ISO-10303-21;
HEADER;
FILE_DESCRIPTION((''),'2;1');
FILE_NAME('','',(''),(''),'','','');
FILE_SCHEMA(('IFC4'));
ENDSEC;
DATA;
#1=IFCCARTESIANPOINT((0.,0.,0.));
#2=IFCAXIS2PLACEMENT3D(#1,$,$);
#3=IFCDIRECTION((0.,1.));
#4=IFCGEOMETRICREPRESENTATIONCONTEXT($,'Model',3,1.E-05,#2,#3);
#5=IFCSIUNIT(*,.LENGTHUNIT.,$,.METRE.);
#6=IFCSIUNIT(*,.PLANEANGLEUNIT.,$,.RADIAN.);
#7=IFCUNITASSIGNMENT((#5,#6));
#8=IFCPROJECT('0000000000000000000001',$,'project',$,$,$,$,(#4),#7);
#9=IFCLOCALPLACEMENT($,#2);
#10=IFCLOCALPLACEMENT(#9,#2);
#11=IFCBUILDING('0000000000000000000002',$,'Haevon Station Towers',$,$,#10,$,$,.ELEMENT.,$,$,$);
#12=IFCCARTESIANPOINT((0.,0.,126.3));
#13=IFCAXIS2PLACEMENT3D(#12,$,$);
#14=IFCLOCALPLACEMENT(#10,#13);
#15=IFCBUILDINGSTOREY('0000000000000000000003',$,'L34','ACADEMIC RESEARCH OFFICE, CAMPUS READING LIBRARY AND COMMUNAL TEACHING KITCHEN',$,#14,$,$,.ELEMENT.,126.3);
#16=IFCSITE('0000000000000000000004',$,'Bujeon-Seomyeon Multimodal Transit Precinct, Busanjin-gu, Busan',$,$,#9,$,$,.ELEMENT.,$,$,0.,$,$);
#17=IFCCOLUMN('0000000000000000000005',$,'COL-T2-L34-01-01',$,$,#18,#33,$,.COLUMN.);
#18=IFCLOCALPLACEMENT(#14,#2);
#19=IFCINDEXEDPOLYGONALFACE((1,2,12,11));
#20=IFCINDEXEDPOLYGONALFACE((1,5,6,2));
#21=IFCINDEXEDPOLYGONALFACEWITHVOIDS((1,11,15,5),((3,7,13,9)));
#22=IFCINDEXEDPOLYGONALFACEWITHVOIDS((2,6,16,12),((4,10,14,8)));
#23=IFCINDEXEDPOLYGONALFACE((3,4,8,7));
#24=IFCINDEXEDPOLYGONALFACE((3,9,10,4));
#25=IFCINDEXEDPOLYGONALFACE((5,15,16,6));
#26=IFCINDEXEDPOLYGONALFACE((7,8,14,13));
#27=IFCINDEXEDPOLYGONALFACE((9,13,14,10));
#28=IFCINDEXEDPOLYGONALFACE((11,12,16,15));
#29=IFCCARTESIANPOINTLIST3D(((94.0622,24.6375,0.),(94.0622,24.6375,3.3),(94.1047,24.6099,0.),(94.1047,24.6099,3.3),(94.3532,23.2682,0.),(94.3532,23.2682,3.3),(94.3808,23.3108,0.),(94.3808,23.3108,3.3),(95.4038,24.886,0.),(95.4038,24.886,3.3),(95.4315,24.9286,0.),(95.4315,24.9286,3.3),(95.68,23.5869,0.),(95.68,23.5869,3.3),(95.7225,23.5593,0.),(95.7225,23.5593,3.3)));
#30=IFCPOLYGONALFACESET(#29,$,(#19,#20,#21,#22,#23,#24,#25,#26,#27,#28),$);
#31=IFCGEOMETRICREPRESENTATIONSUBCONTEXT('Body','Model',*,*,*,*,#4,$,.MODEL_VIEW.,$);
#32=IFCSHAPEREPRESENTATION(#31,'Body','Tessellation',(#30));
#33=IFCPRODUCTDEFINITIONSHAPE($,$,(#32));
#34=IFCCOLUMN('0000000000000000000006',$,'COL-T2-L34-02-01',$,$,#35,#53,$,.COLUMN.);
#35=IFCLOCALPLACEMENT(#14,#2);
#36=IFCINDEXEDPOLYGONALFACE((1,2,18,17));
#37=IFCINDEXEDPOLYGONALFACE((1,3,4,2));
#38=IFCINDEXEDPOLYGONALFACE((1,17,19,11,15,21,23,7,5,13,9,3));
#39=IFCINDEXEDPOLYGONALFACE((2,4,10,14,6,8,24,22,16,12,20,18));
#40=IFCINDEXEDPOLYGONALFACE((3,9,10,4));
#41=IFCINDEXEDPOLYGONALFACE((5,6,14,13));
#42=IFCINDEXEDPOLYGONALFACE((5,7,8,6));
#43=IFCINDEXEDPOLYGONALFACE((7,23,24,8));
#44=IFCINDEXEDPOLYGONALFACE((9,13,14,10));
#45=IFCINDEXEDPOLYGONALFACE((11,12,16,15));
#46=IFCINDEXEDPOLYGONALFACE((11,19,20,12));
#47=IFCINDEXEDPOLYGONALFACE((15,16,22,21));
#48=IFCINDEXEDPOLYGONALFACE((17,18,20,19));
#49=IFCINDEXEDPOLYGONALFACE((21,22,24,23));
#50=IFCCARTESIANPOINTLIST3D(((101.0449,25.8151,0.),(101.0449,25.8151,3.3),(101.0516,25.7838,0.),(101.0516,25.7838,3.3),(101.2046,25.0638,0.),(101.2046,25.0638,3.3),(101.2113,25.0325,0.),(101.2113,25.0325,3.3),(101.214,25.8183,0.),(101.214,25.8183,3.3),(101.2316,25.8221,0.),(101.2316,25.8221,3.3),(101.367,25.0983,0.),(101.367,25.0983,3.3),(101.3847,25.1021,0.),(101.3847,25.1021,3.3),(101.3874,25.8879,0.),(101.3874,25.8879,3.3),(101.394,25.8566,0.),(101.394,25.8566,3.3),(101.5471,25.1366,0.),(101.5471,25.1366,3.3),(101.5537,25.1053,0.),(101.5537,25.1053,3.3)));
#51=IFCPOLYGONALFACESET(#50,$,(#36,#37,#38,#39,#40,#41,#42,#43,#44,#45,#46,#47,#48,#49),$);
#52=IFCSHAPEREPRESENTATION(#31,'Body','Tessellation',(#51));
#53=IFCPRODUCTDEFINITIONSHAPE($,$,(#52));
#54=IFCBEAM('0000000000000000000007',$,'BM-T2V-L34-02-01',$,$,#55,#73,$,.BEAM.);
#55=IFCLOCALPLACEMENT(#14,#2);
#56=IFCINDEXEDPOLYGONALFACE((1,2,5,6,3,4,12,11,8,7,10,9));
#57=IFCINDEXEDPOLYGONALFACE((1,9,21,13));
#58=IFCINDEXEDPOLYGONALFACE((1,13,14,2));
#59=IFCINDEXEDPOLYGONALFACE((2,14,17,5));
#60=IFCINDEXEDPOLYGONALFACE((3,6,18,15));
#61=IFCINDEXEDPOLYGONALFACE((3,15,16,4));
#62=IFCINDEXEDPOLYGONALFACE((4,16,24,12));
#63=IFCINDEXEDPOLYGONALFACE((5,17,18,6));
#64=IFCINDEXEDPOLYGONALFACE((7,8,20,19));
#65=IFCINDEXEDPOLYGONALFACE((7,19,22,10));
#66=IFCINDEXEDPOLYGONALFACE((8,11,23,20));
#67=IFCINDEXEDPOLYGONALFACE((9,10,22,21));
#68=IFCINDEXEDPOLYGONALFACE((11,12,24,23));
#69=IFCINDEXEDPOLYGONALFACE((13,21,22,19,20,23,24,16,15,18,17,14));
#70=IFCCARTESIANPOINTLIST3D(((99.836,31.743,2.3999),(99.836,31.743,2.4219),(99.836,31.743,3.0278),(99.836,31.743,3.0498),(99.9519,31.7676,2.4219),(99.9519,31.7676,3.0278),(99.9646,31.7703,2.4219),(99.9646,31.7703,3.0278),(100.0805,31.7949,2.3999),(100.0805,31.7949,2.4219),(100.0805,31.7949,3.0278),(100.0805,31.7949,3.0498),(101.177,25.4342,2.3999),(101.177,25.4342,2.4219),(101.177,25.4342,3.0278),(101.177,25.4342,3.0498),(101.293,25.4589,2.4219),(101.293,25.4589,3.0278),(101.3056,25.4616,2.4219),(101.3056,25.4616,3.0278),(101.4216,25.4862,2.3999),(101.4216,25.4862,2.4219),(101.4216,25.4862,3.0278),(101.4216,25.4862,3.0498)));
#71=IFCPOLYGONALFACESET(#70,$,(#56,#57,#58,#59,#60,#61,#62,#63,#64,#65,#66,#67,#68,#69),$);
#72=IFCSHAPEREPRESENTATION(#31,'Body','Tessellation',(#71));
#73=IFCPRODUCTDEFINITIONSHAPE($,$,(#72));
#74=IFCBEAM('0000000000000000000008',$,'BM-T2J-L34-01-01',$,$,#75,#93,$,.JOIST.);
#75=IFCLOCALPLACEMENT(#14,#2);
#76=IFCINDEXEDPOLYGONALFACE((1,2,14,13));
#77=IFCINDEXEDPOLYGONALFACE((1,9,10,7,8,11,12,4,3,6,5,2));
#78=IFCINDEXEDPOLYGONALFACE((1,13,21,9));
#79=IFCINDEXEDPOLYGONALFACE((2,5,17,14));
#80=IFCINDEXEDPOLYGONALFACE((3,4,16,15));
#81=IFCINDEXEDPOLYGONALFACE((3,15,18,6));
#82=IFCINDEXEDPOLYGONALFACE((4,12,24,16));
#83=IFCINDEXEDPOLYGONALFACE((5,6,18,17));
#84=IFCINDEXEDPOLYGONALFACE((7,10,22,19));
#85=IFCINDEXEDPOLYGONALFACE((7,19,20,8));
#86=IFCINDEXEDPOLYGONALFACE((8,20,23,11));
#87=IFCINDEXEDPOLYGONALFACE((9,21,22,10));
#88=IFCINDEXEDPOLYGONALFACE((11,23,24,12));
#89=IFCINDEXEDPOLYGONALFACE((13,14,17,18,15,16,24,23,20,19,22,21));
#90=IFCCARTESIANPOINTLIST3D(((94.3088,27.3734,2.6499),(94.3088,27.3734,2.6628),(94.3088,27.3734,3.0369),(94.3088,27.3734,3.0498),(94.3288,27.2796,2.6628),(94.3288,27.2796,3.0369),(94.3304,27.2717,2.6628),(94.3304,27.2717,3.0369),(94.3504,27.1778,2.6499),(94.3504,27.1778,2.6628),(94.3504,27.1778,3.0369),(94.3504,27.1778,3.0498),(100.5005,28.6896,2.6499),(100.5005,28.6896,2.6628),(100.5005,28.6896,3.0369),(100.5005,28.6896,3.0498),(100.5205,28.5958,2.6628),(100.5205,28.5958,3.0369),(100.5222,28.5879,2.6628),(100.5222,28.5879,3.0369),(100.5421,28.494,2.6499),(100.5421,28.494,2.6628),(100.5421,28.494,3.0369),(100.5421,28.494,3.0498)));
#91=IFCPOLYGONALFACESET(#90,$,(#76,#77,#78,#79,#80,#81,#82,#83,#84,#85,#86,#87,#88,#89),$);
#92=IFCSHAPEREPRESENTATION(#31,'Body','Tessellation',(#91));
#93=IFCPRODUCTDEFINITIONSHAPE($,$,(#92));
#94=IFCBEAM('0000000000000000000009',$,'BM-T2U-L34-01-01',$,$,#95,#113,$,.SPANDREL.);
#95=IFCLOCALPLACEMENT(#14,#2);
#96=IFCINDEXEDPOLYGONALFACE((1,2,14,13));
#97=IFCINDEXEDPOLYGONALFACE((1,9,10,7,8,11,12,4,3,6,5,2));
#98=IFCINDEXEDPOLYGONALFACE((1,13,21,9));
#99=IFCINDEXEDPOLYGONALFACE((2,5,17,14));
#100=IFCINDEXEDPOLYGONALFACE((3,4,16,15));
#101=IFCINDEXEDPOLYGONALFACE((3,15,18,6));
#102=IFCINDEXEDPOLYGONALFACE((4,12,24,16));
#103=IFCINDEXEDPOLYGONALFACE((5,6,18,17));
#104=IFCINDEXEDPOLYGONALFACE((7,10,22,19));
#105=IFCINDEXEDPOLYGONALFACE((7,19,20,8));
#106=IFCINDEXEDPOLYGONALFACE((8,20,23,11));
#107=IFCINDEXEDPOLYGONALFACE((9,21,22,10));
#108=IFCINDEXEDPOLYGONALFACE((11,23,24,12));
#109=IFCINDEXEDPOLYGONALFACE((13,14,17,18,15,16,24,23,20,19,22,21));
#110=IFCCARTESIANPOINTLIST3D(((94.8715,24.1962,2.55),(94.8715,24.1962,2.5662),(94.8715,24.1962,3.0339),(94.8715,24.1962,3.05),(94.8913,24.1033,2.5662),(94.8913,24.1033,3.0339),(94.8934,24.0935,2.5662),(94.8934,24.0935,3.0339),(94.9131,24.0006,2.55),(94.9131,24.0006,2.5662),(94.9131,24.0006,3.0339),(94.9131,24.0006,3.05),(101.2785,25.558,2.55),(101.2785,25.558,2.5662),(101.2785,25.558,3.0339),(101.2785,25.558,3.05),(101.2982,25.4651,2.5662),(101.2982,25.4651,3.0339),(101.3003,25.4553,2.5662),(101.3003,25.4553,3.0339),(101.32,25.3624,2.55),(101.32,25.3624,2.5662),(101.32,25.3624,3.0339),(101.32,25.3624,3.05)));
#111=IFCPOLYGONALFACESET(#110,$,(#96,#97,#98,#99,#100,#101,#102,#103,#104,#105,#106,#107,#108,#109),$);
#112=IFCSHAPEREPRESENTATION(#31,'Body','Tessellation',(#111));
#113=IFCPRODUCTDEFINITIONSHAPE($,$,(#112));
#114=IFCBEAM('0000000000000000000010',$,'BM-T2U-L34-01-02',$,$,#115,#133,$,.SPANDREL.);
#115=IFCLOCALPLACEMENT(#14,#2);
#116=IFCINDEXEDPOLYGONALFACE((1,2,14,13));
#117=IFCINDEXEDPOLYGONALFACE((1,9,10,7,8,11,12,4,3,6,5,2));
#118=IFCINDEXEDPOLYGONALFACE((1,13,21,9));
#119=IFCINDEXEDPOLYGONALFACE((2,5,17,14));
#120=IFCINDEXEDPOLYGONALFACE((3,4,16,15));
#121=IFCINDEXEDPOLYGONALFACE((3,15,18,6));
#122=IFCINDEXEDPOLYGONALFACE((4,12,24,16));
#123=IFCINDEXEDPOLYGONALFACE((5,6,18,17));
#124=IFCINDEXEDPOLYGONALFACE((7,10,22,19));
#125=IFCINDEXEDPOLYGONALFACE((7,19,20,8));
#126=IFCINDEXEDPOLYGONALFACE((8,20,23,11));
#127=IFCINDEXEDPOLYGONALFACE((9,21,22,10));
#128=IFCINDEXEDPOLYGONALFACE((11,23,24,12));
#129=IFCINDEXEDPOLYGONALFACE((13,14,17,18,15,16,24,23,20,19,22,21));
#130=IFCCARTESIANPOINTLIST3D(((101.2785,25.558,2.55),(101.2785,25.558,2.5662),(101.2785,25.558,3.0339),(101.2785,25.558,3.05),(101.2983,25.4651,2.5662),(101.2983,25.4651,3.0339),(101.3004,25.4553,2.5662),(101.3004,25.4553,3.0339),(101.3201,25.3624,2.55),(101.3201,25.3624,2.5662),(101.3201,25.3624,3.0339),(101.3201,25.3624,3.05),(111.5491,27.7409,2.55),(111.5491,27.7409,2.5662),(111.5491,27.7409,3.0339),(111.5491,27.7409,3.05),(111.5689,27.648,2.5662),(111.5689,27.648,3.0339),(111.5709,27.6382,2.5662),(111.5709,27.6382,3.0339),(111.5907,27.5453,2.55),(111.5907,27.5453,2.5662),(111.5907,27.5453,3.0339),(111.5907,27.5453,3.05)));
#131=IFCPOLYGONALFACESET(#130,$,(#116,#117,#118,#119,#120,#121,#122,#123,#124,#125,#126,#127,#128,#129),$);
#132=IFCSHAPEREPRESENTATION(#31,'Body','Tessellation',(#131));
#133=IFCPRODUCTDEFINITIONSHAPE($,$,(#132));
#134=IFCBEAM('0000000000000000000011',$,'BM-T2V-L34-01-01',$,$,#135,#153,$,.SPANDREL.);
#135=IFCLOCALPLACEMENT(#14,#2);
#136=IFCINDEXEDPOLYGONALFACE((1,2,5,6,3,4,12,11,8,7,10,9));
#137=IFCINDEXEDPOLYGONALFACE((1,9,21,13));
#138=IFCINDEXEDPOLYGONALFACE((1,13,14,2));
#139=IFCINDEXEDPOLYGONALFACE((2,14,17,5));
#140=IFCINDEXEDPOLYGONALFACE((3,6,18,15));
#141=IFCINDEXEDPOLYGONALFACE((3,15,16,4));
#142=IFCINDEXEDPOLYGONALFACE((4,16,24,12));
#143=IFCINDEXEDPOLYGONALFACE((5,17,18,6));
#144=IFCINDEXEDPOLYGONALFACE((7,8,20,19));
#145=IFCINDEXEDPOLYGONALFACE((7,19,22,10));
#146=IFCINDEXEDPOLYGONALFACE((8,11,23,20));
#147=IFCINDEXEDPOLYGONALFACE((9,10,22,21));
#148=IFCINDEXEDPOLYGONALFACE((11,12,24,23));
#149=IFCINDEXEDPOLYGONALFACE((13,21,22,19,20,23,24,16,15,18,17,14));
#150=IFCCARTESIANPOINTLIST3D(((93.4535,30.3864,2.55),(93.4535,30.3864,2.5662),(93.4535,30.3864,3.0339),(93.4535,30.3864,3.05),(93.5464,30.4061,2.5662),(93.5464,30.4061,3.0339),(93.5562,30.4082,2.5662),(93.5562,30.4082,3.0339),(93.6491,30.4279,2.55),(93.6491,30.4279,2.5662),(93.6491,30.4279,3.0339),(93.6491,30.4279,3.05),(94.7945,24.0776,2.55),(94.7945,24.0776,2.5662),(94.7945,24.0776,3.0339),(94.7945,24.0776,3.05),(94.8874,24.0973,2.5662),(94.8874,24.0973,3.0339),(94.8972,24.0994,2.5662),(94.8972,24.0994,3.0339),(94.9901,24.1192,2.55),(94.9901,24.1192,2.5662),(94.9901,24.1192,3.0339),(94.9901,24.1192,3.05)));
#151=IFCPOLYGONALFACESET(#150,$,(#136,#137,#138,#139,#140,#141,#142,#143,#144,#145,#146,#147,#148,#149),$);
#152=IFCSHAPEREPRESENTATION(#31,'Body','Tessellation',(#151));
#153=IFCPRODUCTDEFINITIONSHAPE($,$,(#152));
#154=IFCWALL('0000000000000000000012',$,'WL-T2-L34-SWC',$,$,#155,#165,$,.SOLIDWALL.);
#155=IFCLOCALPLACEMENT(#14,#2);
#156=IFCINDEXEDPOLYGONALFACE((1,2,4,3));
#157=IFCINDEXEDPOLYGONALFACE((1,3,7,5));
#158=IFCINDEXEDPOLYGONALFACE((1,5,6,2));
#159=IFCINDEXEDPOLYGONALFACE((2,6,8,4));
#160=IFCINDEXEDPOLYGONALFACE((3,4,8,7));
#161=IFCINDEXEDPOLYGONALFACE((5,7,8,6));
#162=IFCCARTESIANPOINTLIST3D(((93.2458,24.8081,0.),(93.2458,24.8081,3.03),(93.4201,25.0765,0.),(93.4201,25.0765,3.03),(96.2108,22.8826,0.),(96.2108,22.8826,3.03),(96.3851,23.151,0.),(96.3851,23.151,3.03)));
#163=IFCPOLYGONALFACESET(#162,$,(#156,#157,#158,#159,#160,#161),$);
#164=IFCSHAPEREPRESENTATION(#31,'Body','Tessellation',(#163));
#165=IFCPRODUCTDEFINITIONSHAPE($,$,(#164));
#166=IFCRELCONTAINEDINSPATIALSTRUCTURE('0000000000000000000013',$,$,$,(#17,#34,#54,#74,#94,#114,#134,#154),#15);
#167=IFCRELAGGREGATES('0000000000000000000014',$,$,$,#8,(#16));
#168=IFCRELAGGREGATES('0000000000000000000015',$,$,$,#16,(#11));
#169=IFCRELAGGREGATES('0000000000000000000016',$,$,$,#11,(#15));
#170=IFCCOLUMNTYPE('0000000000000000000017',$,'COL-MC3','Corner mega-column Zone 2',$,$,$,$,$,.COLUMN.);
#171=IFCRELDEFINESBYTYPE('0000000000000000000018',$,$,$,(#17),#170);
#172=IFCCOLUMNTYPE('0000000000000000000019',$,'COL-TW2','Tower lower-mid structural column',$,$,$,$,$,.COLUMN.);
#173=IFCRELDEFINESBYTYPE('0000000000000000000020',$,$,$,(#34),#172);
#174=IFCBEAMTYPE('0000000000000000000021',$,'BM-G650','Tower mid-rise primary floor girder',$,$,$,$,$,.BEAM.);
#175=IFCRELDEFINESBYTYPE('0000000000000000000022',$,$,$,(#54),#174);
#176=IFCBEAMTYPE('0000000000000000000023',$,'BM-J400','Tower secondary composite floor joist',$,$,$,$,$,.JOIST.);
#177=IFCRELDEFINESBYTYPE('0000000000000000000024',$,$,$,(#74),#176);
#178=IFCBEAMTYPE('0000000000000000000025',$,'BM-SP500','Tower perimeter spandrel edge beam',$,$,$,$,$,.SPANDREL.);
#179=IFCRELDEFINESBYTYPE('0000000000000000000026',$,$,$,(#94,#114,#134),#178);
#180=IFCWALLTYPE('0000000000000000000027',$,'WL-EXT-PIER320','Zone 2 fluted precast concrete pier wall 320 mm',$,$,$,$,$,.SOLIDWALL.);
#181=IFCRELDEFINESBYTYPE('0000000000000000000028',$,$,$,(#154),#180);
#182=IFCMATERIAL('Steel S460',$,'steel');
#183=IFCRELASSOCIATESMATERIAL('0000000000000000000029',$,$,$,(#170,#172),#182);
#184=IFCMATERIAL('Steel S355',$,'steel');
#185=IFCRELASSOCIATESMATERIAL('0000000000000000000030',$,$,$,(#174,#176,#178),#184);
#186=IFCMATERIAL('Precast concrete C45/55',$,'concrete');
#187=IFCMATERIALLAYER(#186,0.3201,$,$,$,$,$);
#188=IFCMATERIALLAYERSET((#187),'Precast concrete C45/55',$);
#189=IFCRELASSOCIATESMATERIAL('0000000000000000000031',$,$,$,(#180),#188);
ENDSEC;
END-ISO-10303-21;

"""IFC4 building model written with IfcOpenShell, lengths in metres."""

from ifc_helpers import new_model, si_unit, direction, frame, frame_2d, origin, origin_2d, place, context, subcontext, project, spatial, rectangle, hollow_rectangle, i_section, extrude, material, layer, layer_set, material_profile, profile_set, type_object, element, save


model = new_model("IFC4")

# Units and contexts
model_context = context("Model", 3, precision=1e-05, world=origin(), true_north=direction((0.0, 1.0)))
body_context = subcontext(model_context, "Body", "Model", "MODEL_VIEW")
ifc_project = project(units=[si_unit("LENGTHUNIT", "METRE"), si_unit("PLANEANGLEUNIT", "RADIAN")], contexts=[model_context])

# Site, building, storey
site_placement = place(None, origin())
site = spatial("IfcSite", under=ifc_project, at=site_placement, Name="Bujeon-Seomyeon Multimodal Transit Precinct, Busanjin-gu, Busan", CompositionType="ELEMENT", RefElevation=0.0)
building_placement = place(site_placement, origin())
building = spatial("IfcBuilding", under=site, at=building_placement, Name="Haevon Station Towers", CompositionType="ELEMENT")
storey_placement = place(building_placement, frame((0.0, 0.0, 126.3)))
storey = spatial("IfcBuildingStorey", under=building, at=storey_placement, Name="L34", Description="ACADEMIC RESEARCH OFFICE, CAMPUS READING LIBRARY AND COMMUNAL TEACHING KITCHEN", CompositionType="ELEMENT", Elevation=126.3)

# Columns
ifc_material_1 = material(Name="Steel S460", Category="steel")
ifc_material_profile_1 = material_profile(ifc_material_1, hollow_rectangle(XDim=1.3999, YDim=1.3999, WallThickness=0.0359, at=origin_2d()), Name="BOX-1400x1400x36")
ifc_profile_set_1 = profile_set([ifc_material_profile_1], Name="Steel S460")
column_type_1 = type_object("IfcColumnType", Name="COL-MC3", Description="Corner mega-column Zone 2", PredefinedType="COLUMN", material=ifc_profile_set_1)
column_1_placement = place(storey_placement, frame((94.8923, 24.0984, 0.0), z_axis=(0.0, 0.0, 1.0), x_axis=(0.978148, 0.207912, 0.0)))
element("IfcColumn", 1, at=column_1_placement, inside=storey, type_object=column_type_1, Name="COL-T2-L34-01-01", PredefinedType="COLUMN", context=body_context, shape_type="SweptSolid", body=[
    extrude(hollow_rectangle(XDim=1.3999, YDim=1.3999, WallThickness=0.0359, at=origin_2d()), origin(), (0.0, 0.0, 1.0), 3.3),
])
ifc_material_profile_2 = material_profile(ifc_material_1, i_section(OverallWidth=0.3501, OverallDepth=0.8, WebThickness=0.0181, FlangeThickness=0.032, at=origin_2d()), Name="H-800x350x18x32")
ifc_profile_set_2 = profile_set([ifc_material_profile_2], Name="Steel S460")
column_type_2 = type_object("IfcColumnType", Name="COL-TW2", Description="Tower lower-mid structural column", PredefinedType="COLUMN", material=ifc_profile_set_2)
column_2_placement = place(storey_placement, frame((101.2993, 25.4602, 0.0), z_axis=(0.0, 0.0, 1.0), x_axis=(0.978148, 0.207912, 0.0)))
element("IfcColumn", 2, at=column_2_placement, inside=storey, type_object=column_type_2, Name="COL-T2-L34-02-01", PredefinedType="COLUMN", context=body_context, shape_type="SweptSolid", body=[
    extrude(i_section(OverallWidth=0.3501, OverallDepth=0.8, WebThickness=0.0181, FlangeThickness=0.032, at=origin_2d()), origin(), (0.0, 0.0, 1.0), 3.3),
])

# Beams
ifc_material_2 = material(Name="Steel S355", Category="steel")
ifc_material_profile_3 = material_profile(ifc_material_2, i_section(OverallWidth=0.25, OverallDepth=0.6499, WebThickness=0.0129, FlangeThickness=0.022, at=origin_2d()), Name="H-650x250x13x22")
ifc_profile_set_3 = profile_set([ifc_material_profile_3], Name="Steel S355")
beam_type_1 = type_object("IfcBeamType", Name="BM-G650", Description="Tower mid-rise primary floor girder", PredefinedType="BEAM", material=ifc_profile_set_3)
beam_1_placement = place(storey_placement, frame((101.2993, 25.4602, 2.7249), z_axis=(-0.207923, 0.978145, 0.0), x_axis=(-0.978145, -0.207923, 0.0)))
element("IfcBeam", 3, at=beam_1_placement, inside=storey, type_object=beam_type_1, Name="BM-T2V-L34-02-01", PredefinedType="BEAM", context=body_context, shape_type="SweptSolid", body=[
    extrude(i_section(OverallWidth=0.25, OverallDepth=0.6499, WebThickness=0.0129, FlangeThickness=0.022, at=origin_2d()), origin(), (0.0, 0.0, 1.0), 6.4497),
])
ifc_material_profile_4 = material_profile(ifc_material_2, i_section(OverallWidth=0.2, OverallDepth=0.3999, WebThickness=0.0081, FlangeThickness=0.0129, at=origin_2d()), Name="H-400x200x8x13")
ifc_profile_set_4 = profile_set([ifc_material_profile_4], Name="Steel S355")
beam_type_2 = type_object("IfcBeamType", Name="BM-J400", Description="Tower secondary composite floor joist", PredefinedType="JOIST", material=ifc_profile_set_4)
beam_2_placement = place(storey_placement, frame((94.3296, 27.2756, 2.8499), z_axis=(0.978145, 0.207925, 0.0), x_axis=(-0.207925, 0.978145, 0.0)))
element("IfcBeam", 4, at=beam_2_placement, inside=storey, type_object=beam_type_2, Name="BM-T2J-L34-01-01", PredefinedType="JOIST", context=body_context, shape_type="SweptSolid", body=[
    extrude(i_section(OverallWidth=0.2, OverallDepth=0.3999, WebThickness=0.0081, FlangeThickness=0.0129, at=origin_2d()), origin(), (0.0, 0.0, 1.0), 6.3301),
])
ifc_material_profile_5 = material_profile(ifc_material_2, i_section(OverallWidth=0.2, OverallDepth=0.5, WebThickness=0.01, FlangeThickness=0.0161, at=origin_2d()), Name="H-500x200x10x16")
ifc_profile_set_5 = profile_set([ifc_material_profile_5], Name="Steel S355")
beam_type_3 = type_object("IfcBeamType", Name="BM-SP500", Description="Tower perimeter spandrel edge beam", PredefinedType="SPANDREL", material=ifc_profile_set_5)
beam_3_placement = place(storey_placement, frame((94.8923, 24.0984, 2.8), z_axis=(0.978149, 0.207907, 0.0), x_axis=(-0.207907, 0.978149, 0.0)))
element("IfcBeam", 5, at=beam_3_placement, inside=storey, type_object=beam_type_3, Name="BM-T2U-L34-01-01", PredefinedType="SPANDREL", context=body_context, shape_type="SweptSolid", body=[
    extrude(i_section(OverallWidth=0.2, OverallDepth=0.5, WebThickness=0.01, FlangeThickness=0.0161, at=origin_2d()), origin(), (0.0, 0.0, 1.0), 6.55),
])
beam_4_placement = place(storey_placement, frame((101.2993, 25.4602, 2.8), z_axis=(0.978152, 0.207893, 0.0), x_axis=(-0.207893, 0.978152, 0.0)))
element("IfcBeam", 6, at=beam_4_placement, inside=storey, type_object=beam_type_3, Name="BM-T2U-L34-01-02", PredefinedType="SPANDREL", context=body_context, shape_type="SweptSolid", body=[
    extrude(i_section(OverallWidth=0.2, OverallDepth=0.5, WebThickness=0.01, FlangeThickness=0.0161, at=origin_2d()), origin(), (0.0, 0.0, 1.0), 10.5),
])
beam_5_placement = place(storey_placement, frame((94.8923, 24.0984, 2.8), z_axis=(-0.207923, 0.978145, 0.0), x_axis=(-0.978145, -0.207923, 0.0)))
element("IfcBeam", 7, at=beam_5_placement, inside=storey, type_object=beam_type_3, Name="BM-T2V-L34-01-01", PredefinedType="SPANDREL", context=body_context, shape_type="SweptSolid", body=[
    extrude(i_section(OverallWidth=0.2, OverallDepth=0.5, WebThickness=0.01, FlangeThickness=0.0161, at=origin_2d()), origin(), (0.0, 0.0, 1.0), 6.4497),
])

# Wall
ifc_material_3 = material(Name="Precast concrete C45/55", Category="concrete")
ifc_layer_1 = layer(ifc_material_3, 0.3201)
ifc_layer_set_1 = layer_set([ifc_layer_1], Name="Precast concrete C45/55")
wall_type_1 = type_object("IfcWallType", Name="WL-EXT-PIER320", Description="Zone 2 fluted precast concrete pier wall 320 mm", PredefinedType="SOLIDWALL", material=ifc_layer_set_1)
wall_1_placement = place(storey_placement, frame((96.2979, 23.0168, 0.0), z_axis=(0.0, 0.0, 1.0), x_axis=(-0.838672, 0.544636, 0.0)))
element("IfcWall", 8, at=wall_1_placement, inside=storey, type_object=wall_type_1, Name="WL-T2-L34-SWC", PredefinedType="SOLIDWALL", context=body_context, shape_type="SweptSolid", body=[
    extrude(rectangle(XDim=3.5354, YDim=0.3201, at=frame_2d((1.7676, 0.0))), origin(), (0.0, 0.0, 1.0), 3.03),
])

save(model, "model.ifc")
